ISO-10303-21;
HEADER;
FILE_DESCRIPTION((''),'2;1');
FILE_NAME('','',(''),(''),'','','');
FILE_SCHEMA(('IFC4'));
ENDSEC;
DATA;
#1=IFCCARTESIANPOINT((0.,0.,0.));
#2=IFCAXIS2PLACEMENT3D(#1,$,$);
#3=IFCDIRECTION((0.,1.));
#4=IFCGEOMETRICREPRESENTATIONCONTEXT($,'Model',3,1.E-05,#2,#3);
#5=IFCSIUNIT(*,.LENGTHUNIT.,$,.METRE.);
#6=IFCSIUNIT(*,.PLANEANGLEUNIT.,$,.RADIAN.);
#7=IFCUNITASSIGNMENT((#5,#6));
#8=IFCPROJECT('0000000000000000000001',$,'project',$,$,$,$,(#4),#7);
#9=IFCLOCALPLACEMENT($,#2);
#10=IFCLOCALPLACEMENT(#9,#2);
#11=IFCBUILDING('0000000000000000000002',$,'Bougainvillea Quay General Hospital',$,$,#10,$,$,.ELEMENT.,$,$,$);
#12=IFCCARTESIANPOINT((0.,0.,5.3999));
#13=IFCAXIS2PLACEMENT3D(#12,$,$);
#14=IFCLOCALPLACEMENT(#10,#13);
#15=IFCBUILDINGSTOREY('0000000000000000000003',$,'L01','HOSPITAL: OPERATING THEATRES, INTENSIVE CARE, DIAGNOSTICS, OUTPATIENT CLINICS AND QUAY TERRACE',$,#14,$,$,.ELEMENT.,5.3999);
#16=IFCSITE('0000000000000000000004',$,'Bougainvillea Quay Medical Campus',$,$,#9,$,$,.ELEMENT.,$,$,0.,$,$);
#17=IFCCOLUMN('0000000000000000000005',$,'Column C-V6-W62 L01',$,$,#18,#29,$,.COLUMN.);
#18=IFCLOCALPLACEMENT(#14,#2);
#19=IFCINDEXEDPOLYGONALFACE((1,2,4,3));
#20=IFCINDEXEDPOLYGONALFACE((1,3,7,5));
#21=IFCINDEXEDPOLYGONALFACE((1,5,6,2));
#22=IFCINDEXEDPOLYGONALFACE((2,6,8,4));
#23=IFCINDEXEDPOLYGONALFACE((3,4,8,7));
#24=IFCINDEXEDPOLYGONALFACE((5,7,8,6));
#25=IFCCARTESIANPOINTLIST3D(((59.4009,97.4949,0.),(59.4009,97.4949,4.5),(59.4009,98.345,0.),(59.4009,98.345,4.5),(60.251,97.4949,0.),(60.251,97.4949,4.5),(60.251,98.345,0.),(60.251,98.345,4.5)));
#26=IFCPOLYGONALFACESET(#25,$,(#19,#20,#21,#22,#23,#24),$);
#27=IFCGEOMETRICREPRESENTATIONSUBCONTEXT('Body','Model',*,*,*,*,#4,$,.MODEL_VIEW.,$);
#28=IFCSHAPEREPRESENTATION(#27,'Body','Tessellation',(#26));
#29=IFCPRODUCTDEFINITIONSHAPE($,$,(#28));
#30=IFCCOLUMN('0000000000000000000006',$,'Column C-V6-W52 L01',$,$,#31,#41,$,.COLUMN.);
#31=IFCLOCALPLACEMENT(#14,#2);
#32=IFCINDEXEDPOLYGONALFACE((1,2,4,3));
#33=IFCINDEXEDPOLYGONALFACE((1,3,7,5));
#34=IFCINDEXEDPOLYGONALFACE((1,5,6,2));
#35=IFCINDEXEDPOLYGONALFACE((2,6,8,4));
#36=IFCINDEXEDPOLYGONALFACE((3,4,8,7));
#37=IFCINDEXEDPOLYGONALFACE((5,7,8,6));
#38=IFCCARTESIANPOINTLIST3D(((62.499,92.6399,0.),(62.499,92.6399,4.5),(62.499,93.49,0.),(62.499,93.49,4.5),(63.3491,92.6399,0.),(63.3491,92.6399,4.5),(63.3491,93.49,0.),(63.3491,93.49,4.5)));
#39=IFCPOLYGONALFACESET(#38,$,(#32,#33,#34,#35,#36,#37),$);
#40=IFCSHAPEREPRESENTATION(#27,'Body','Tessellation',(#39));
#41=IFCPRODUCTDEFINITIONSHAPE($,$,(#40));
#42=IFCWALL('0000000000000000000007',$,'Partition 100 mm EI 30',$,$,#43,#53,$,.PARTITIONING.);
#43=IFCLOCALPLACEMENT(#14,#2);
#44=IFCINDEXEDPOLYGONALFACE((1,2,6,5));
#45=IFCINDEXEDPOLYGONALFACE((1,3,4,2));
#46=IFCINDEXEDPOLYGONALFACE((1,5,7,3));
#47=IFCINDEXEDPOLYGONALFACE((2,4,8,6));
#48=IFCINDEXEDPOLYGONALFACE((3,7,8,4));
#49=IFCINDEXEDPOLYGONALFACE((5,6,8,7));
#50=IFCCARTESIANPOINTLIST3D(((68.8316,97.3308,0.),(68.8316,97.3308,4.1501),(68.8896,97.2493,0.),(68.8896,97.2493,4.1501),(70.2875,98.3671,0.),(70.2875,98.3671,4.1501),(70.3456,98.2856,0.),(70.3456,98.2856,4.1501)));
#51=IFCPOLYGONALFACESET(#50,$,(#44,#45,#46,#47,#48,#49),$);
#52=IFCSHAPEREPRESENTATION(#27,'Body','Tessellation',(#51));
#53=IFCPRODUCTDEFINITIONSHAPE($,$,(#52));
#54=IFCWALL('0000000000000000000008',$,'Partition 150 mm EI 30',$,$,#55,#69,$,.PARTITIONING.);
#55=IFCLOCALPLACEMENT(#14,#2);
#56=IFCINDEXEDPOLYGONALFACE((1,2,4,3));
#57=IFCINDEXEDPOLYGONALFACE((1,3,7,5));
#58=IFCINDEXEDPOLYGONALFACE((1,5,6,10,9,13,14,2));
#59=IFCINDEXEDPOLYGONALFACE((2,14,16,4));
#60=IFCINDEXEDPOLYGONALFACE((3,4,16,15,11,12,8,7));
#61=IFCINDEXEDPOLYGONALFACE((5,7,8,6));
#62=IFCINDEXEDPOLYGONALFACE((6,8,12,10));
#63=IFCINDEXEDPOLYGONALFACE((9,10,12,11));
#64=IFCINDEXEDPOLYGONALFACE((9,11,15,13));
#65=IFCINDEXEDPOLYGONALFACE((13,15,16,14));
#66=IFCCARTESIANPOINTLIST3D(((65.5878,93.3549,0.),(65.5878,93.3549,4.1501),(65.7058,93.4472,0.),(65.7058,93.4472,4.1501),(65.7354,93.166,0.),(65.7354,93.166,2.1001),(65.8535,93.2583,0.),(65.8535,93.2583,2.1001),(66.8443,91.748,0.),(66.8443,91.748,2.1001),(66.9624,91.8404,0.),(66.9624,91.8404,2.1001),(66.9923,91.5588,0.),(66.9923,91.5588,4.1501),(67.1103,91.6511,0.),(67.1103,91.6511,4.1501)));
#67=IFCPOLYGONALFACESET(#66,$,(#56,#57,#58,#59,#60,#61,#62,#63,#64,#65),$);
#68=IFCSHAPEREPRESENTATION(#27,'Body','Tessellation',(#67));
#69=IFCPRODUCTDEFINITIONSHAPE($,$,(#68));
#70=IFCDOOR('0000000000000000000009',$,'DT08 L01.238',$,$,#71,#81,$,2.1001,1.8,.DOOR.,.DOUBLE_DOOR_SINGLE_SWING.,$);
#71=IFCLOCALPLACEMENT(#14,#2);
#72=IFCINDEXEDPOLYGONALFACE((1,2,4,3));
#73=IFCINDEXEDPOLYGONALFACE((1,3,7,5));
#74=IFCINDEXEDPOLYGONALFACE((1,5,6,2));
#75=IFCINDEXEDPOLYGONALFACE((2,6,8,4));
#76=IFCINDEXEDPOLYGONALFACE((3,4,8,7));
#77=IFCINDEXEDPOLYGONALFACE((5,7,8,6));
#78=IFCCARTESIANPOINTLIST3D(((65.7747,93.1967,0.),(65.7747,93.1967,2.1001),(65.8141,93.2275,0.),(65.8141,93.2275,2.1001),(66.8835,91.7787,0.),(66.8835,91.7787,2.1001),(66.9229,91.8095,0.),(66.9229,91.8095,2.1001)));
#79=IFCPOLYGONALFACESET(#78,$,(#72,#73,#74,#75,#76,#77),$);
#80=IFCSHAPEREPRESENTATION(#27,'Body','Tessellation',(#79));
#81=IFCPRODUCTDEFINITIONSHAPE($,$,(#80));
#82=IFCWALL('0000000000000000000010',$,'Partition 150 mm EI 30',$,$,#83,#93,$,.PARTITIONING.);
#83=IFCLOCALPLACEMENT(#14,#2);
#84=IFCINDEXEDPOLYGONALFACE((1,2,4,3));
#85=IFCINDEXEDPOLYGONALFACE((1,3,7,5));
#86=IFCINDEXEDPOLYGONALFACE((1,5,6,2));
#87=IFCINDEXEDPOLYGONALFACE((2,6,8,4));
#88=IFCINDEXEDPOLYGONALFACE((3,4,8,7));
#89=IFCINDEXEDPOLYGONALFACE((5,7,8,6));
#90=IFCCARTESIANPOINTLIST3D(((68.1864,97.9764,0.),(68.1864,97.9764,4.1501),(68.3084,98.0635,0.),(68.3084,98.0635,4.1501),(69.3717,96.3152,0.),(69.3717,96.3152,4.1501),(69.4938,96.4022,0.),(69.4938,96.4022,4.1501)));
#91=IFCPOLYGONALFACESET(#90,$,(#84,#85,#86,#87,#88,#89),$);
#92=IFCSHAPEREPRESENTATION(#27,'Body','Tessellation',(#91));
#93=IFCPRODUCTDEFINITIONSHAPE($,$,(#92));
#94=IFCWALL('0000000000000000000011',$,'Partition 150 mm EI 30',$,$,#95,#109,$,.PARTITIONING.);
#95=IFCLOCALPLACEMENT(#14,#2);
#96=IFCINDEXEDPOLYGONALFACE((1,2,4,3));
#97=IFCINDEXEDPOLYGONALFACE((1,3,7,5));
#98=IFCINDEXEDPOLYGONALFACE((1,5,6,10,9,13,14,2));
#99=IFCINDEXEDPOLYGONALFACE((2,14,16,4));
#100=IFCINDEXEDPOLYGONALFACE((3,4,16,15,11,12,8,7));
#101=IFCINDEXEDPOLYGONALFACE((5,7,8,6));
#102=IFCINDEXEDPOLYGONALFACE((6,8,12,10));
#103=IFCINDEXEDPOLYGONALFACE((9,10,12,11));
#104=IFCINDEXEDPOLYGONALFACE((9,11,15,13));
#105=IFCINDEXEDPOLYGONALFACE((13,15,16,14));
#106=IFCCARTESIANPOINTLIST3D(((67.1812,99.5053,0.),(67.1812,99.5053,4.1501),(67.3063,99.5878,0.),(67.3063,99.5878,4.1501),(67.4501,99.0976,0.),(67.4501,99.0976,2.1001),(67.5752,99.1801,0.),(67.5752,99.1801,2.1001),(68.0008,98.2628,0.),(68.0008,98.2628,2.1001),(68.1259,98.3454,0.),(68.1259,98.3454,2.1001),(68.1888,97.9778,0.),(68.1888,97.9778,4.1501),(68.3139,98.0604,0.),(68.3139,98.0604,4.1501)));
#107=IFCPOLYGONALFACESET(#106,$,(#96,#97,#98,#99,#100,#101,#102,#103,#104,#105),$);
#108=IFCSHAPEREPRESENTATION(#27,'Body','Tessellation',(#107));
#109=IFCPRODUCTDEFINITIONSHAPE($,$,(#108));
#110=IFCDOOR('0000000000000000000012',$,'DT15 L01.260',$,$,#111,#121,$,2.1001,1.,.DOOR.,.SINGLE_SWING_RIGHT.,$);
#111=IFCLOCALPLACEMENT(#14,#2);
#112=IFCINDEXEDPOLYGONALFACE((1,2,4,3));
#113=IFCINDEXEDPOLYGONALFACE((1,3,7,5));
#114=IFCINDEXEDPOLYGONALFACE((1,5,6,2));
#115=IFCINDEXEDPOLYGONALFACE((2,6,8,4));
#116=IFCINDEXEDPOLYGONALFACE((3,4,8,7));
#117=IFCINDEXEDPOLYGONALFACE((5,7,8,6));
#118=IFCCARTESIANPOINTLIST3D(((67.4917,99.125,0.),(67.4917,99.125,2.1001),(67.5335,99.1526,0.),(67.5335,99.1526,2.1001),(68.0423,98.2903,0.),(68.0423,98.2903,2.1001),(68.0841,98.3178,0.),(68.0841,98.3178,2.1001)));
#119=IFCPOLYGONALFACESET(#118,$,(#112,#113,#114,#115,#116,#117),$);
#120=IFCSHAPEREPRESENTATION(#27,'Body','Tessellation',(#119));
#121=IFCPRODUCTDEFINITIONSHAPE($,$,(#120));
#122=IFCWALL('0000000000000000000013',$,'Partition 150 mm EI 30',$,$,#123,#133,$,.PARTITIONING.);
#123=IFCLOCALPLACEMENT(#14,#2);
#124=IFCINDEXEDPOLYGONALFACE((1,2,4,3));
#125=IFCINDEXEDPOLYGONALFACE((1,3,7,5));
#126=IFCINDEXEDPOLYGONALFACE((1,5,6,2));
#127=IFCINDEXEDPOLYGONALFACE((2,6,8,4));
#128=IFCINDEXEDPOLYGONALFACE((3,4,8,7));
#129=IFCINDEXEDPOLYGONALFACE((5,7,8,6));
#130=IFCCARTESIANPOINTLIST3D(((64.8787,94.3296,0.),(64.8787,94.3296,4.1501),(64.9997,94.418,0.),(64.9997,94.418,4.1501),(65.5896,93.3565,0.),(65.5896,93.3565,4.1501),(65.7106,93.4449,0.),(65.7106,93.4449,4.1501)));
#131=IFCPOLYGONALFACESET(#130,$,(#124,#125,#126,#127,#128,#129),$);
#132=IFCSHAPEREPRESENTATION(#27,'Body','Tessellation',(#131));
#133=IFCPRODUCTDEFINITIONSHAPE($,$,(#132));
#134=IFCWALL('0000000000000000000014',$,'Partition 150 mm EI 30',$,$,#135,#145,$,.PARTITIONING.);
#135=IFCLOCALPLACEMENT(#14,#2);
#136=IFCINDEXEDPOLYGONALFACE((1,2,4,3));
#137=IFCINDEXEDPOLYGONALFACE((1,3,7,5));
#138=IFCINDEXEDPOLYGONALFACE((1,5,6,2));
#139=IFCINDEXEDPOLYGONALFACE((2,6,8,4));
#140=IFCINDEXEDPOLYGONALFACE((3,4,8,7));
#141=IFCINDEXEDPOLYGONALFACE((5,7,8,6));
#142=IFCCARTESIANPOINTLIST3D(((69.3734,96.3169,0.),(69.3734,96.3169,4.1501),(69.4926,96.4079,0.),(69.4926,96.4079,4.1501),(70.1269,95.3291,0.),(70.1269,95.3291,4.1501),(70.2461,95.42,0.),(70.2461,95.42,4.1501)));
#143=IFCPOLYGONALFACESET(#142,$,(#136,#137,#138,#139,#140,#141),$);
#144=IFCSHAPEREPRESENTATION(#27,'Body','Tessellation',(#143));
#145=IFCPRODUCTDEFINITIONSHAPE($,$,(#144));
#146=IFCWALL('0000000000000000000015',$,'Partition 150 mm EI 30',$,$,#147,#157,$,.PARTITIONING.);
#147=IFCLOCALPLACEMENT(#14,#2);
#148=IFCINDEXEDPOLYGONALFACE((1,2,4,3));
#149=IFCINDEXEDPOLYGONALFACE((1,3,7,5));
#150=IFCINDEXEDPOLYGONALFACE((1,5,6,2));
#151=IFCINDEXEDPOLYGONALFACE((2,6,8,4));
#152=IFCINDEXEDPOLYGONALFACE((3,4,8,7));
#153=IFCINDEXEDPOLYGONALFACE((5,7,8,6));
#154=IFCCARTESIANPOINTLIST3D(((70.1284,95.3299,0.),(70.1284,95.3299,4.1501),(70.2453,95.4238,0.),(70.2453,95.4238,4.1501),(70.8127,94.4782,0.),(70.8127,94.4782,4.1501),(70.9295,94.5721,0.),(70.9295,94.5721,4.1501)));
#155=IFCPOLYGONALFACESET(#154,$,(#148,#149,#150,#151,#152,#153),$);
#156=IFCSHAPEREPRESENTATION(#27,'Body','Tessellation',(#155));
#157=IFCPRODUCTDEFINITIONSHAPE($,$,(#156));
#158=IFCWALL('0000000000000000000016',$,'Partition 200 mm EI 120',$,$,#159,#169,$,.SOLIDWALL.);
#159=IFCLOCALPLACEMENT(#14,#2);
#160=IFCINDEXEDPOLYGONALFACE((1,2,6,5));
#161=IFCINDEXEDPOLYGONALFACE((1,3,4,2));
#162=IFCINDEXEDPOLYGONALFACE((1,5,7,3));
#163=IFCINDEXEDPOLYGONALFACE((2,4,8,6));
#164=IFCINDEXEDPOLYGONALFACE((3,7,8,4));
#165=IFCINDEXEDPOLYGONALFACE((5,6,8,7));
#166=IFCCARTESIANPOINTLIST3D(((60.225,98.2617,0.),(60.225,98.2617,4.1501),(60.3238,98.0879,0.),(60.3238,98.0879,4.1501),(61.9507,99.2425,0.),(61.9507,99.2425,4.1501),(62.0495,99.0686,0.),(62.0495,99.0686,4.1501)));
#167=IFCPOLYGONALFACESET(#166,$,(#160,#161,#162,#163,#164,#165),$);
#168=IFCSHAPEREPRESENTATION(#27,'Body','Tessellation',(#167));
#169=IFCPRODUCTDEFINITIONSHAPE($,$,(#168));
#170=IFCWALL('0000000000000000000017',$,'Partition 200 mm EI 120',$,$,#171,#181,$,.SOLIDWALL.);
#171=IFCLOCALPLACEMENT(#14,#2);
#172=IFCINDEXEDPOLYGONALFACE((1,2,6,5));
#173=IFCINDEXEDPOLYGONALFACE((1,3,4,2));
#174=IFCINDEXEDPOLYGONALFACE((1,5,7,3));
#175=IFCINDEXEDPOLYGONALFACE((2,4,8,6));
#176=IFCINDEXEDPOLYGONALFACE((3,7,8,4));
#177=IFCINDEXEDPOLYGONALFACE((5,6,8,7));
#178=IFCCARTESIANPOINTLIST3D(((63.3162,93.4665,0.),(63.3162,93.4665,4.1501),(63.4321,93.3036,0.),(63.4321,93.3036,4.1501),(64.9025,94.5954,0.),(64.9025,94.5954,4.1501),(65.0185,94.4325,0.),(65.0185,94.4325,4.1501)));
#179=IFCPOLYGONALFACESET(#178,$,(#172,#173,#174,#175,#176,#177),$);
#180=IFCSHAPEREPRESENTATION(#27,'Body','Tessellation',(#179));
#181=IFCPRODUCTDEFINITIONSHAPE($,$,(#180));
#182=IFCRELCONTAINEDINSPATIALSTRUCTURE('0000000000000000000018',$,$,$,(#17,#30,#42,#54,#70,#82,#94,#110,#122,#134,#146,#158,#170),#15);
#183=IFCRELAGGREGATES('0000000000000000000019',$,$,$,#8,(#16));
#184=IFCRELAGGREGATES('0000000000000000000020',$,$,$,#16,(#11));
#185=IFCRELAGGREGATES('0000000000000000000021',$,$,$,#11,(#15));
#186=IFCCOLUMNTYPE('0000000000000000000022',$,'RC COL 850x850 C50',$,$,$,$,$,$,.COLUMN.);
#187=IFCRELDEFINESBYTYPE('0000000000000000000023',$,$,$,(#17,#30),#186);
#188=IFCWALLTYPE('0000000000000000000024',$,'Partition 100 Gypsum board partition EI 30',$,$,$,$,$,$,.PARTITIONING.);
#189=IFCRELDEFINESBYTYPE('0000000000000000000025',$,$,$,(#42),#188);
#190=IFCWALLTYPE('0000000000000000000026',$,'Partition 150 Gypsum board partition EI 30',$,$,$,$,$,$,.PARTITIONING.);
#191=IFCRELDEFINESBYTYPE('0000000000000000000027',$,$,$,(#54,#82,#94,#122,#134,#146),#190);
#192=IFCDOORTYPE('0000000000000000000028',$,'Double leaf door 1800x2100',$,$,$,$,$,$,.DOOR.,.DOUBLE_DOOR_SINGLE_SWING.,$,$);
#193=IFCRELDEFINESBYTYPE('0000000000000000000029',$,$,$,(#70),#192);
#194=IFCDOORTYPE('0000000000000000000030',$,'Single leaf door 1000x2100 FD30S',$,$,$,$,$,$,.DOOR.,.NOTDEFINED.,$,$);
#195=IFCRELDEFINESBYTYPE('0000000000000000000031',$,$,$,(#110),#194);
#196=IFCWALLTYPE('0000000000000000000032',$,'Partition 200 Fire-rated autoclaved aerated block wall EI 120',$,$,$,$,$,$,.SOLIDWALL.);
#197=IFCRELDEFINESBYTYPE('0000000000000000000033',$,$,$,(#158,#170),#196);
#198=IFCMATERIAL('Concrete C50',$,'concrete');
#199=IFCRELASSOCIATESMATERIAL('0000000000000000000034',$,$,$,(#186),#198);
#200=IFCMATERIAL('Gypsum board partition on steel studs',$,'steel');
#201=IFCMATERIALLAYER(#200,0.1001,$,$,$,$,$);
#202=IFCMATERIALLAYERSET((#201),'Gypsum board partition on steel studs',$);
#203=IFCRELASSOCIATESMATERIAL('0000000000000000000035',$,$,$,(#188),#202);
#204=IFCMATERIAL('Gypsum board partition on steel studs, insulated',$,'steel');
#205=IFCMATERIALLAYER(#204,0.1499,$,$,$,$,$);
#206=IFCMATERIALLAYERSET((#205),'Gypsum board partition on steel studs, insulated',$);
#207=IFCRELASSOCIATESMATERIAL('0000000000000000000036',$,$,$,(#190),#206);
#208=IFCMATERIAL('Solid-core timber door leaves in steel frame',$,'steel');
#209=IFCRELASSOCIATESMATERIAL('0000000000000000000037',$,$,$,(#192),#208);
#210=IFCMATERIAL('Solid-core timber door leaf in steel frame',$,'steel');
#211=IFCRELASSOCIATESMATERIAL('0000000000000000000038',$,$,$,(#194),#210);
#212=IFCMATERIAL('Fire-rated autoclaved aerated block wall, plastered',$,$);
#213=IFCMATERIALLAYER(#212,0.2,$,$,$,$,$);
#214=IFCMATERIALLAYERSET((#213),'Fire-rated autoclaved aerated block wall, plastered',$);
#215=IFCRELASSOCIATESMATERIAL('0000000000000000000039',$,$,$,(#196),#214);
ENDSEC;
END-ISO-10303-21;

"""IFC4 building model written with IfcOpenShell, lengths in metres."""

from ifc_helpers import new_model, si_unit, direction, frame, frame_2d, origin, origin_2d, place, context, subcontext, project, spatial, rectangle, extrude, material, layer, layer_set, material_profile, profile_set, type_object, element, fill, save


model = new_model("IFC4")

# Units and contexts
model_context = context("Model", 3, precision=1e-05, world=origin(), true_north=direction((0.0, 1.0)))
body_context = subcontext(model_context, "Body", "Model", "MODEL_VIEW")
ifc_project = project(units=[si_unit("LENGTHUNIT", "METRE"), si_unit("PLANEANGLEUNIT", "RADIAN")], contexts=[model_context])

# Site, building, storey
site_placement = place(None, origin())
site = spatial("IfcSite", under=ifc_project, at=site_placement, Name="Bougainvillea Quay Medical Campus", CompositionType="ELEMENT", RefElevation=0.0)
building_placement = place(site_placement, origin())
building = spatial("IfcBuilding", under=site, at=building_placement, Name="Bougainvillea Quay General Hospital", CompositionType="ELEMENT")
storey_placement = place(building_placement, frame((0.0, 0.0, 5.3999)))
storey = spatial("IfcBuildingStorey", under=building, at=storey_placement, Name="L01", Description="HOSPITAL: OPERATING THEATRES, INTENSIVE CARE, DIAGNOSTICS, OUTPATIENT CLINICS AND QUAY TERRACE", CompositionType="ELEMENT", Elevation=5.3999)

# Columns
ifc_material_1 = material(Name="Concrete C50", Category="concrete")
ifc_material_profile = material_profile(ifc_material_1, rectangle(XDim=0.8501, YDim=0.8501, at=origin_2d()))
ifc_profile_set = profile_set([ifc_material_profile], Name="Concrete C50")
column_type = type_object("IfcColumnType", Name="RC COL 850x850 C50", PredefinedType="COLUMN", material=ifc_profile_set)
for number, where, z_axis, x_axis, name in (
    (1, (59.8259, 97.9199, 0.0), (0.0, 0.0, 1.0), (1.0, 0.0, 0.0), "Column C-V6-W62 L01"),
    (2, (62.9241, 93.0649, 0.0), (0.0, 0.0, 1.0), (1.0, 0.0, 0.0), "Column C-V6-W52 L01"),
):
    element("IfcColumn", number, at=place(storey_placement, frame(where, z_axis=z_axis, x_axis=x_axis)), inside=storey, type_object=column_type, Name=name, PredefinedType="COLUMN", context=body_context, shape_type="SweptSolid", body=[
        extrude(rectangle(XDim=0.8501, YDim=0.8501, at=origin_2d()), origin(), (0.0, 0.0, 1.0), 4.5),
    ])

# Wall
ifc_material_2 = material(Name="Gypsum board partition on steel studs", Category="steel")
ifc_layer_1 = layer(ifc_material_2, 0.1001)
ifc_layer_set_1 = layer_set([ifc_layer_1], Name="Gypsum board partition on steel studs")
wall_type_1 = type_object("IfcWallType", Name="Partition 100 Gypsum board partition EI 30", PredefinedType="PARTITIONING", material=ifc_layer_set_1)
wall_1_placement = place(storey_placement, frame((68.8606, 97.29, 0.0), z_axis=(0.0, 0.0, 1.0), x_axis=(0.814701, 0.579881, 0.0)))
element("IfcWall", 3, at=wall_1_placement, inside=storey, type_object=wall_type_1, Name="Partition 100 mm EI 30", PredefinedType="PARTITIONING", context=body_context, shape_type="SweptSolid", body=[
    extrude(rectangle(XDim=1.7871, YDim=0.1001, at=frame_2d((0.8936, 0.0))), origin(), (0.0, 0.0, 1.0), 4.1501),
])

# Wall, opening, door
ifc_material_3 = material(Name="Gypsum board partition on steel studs, insulated", Category="steel")
ifc_layer_2 = layer(ifc_material_3, 0.1499)
ifc_layer_set_2 = layer_set([ifc_layer_2], Name="Gypsum board partition on steel studs, insulated")
wall_type_2 = type_object("IfcWallType", Name="Partition 150 Gypsum board partition EI 30", PredefinedType="PARTITIONING", material=ifc_layer_set_2)
wall_2_placement = place(storey_placement, frame((65.6467, 93.4011, 0.0), z_axis=(0.0, 0.0, 1.0), x_axis=(0.615999, -0.787747, 0.0)))
wall_2 = element("IfcWall", 4, at=wall_2_placement, inside=storey, type_object=wall_type_2, Name="Partition 150 mm EI 30", PredefinedType="PARTITIONING", context=body_context, shape_type="SweptSolid", body=[
    extrude(rectangle(XDim=2.28, YDim=0.1499, at=frame_2d((1.1401, 0.0))), origin(), (0.0, 0.0, 1.0), 4.1501),
])
opening_1_placement = place(wall_2_placement, frame((0.24, 0.0, 0.0)))
opening_1 = element("IfcOpeningElement", 5, at=opening_1_placement, cuts=wall_2, PredefinedType="OPENING", context=body_context, shape_type="SweptSolid", body=[
    extrude(rectangle(XDim=1.8, YDim=2.1001, at=frame_2d((0.8999, 1.05))), frame((0.0, 0.085, 0.0), z_axis=(0.0, -1.0, 0.0), x_axis=(1.0, 0.0, 0.0)), (0.0, 0.0, 1.0), 0.1699),
])
ifc_material_4 = material(Name="Solid-core timber door leaves in steel frame", Category="steel")
door_type_1 = type_object("IfcDoorType", Name="Double leaf door 1800x2100", OperationType="DOUBLE_DOOR_SINGLE_SWING", PredefinedType="DOOR", material=ifc_material_4)
door_1_placement = place(opening_1_placement, origin())
door_1 = element("IfcDoor", 6, at=door_1_placement, inside=storey, type_object=door_type_1, Name="DT08 L01.238", OperationType="DOUBLE_DOOR_SINGLE_SWING", OverallHeight=2.1001, OverallWidth=1.8, PredefinedType="DOOR", context=body_context, shape_type="SweptSolid", body=[
    extrude(rectangle(XDim=1.8, YDim=2.1001, at=frame_2d((0.8999, 1.05))), frame((0.0, 0.0249, 0.0), z_axis=(0.0, -1.0, 0.0), x_axis=(1.0, 0.0, 0.0)), (0.0, 0.0, 1.0), 0.05),
])
fill(opening_1, door_1)

# Wall
wall_3_placement = place(storey_placement, frame((68.2473, 98.02, 0.0), z_axis=(0.0, 0.0, 1.0), x_axis=(0.580842, -0.814016, 0.0)))
element("IfcWall", 7, at=wall_3_placement, inside=storey, type_object=wall_type_2, Name="Partition 150 mm EI 30", PredefinedType="PARTITIONING", context=body_context, shape_type="SweptSolid", body=[
    extrude(rectangle(XDim=2.0408, YDim=0.1499, at=frame_2d((1.0205, 0.0))), origin(), (0.0, 0.0, 1.0), 4.1501),
])

# Wall, opening, door
wall_4_placement = place(storey_placement, frame((67.2437, 99.5466, 0.0), z_axis=(0.0, 0.0, 1.0), x_axis=(0.55066, -0.83473, 0.0)))
wall_4 = element("IfcWall", 8, at=wall_4_placement, inside=storey, type_object=wall_type_2, Name="Partition 150 mm EI 30", PredefinedType="PARTITIONING", context=body_context, shape_type="SweptSolid", body=[
    extrude(rectangle(XDim=1.8298, YDim=0.1499, at=frame_2d((0.915, 0.0))), origin(), (0.0, 0.0, 1.0), 4.1501),
])
opening_2_placement = place(wall_4_placement, frame((0.4885, 0.0, 0.0)))
opening_2 = element("IfcOpeningElement", 9, at=opening_2_placement, cuts=wall_4, PredefinedType="OPENING", context=body_context, shape_type="SweptSolid", body=[
    extrude(rectangle(XDim=1.0, YDim=2.1001, at=frame_2d((0.5, 1.05))), frame((0.0, 0.085, 0.0), z_axis=(0.0, -1.0, 0.0), x_axis=(1.0, 0.0, 0.0)), (0.0, 0.0, 1.0), 0.1699),
])
ifc_material_5 = material(Name="Solid-core timber door leaf in steel frame", Category="steel")
door_type_2 = type_object("IfcDoorType", Name="Single leaf door 1000x2100 FD30S", OperationType="NOTDEFINED", PredefinedType="DOOR", material=ifc_material_5)
door_2_placement = place(opening_2_placement, origin())
door_2 = element("IfcDoor", 10, at=door_2_placement, inside=storey, type_object=door_type_2, Name="DT15 L01.260", OperationType="SINGLE_SWING_RIGHT", OverallHeight=2.1001, OverallWidth=1.0, PredefinedType="DOOR", context=body_context, shape_type="SweptSolid", body=[
    extrude(rectangle(XDim=1.0, YDim=2.1001, at=frame_2d((0.5, 1.05))), frame((0.0, 0.0249, 0.0), z_axis=(0.0, -1.0, 0.0), x_axis=(1.0, 0.0, 0.0)), (0.0, 0.0, 1.0), 0.05),
])
fill(opening_2, door_2)

# Walls
wall_5_placement = place(storey_placement, frame((64.9392, 94.3738, 0.0), z_axis=(0.0, 0.0, 1.0), x_axis=(0.589905, -0.807473, 0.0)))
element("IfcWall", 11, at=wall_5_placement, inside=storey, type_object=wall_type_2, Name="Partition 150 mm EI 30", PredefinedType="PARTITIONING", context=body_context, shape_type="SweptSolid", body=[
    extrude(rectangle(XDim=1.2051, YDim=0.1499, at=frame_2d((0.6025, 0.0))), origin(), (0.0, 0.0, 1.0), 4.1501),
])
wall_6_placement = place(storey_placement, frame((69.4331, 96.3623, 0.0), z_axis=(0.0, 0.0, 1.0), x_axis=(0.606458, -0.795116, 0.0)))
element("IfcWall", 12, at=wall_6_placement, inside=storey, type_object=wall_type_2, Name="Partition 150 mm EI 30", PredefinedType="PARTITIONING", context=body_context, shape_type="SweptSolid", body=[
    extrude(rectangle(XDim=1.2424, YDim=0.1499, at=frame_2d((0.6211, 0.0))), origin(), (0.0, 0.0, 1.0), 4.1501),
])
wall_7_placement = place(storey_placement, frame((70.1868, 95.377, 0.0), z_axis=(0.0, 0.0, 1.0), x_axis=(0.626301, -0.779581, 0.0)))
element("IfcWall", 13, at=wall_7_placement, inside=storey, type_object=wall_type_2, Name="Partition 150 mm EI 30", PredefinedType="PARTITIONING", context=body_context, shape_type="SweptSolid", body=[
    extrude(rectangle(XDim=1.0925, YDim=0.1499, at=frame_2d((0.5464, 0.0))), origin(), (0.0, 0.0, 1.0), 4.1501),
])
ifc_material_6 = material(Name="Fire-rated autoclaved aerated block wall, plastered")
ifc_layer_3 = layer(ifc_material_6, 0.2)
ifc_layer_set_3 = layer_set([ifc_layer_3], Name="Fire-rated autoclaved aerated block wall, plastered")
wall_type_3 = type_object("IfcWallType", Name="Partition 200 Fire-rated autoclaved aerated block wall EI 120", PredefinedType="SOLIDWALL", material=ifc_layer_set_3)
wall_8_placement = place(storey_placement, frame((60.2744, 98.1748, 0.0), z_axis=(0.0, 0.0, 1.0), x_axis=(0.869399, 0.494111, 0.0)))
element("IfcWall", 14, at=wall_8_placement, inside=storey, type_object=wall_type_3, Name="Partition 200 mm EI 120", PredefinedType="SOLIDWALL", context=body_context, shape_type="SweptSolid", body=[
    extrude(rectangle(XDim=1.9849, YDim=0.2, at=frame_2d((0.9924, 0.0))), origin(), (0.0, 0.0, 1.0), 4.1501),
])
wall_9_placement = place(storey_placement, frame((63.374, 93.385, 0.0), z_axis=(0.0, 0.0, 1.0), x_axis=(0.814766, 0.57979, 0.0)))
element("IfcWall", 15, at=wall_9_placement, inside=storey, type_object=wall_type_3, Name="Partition 200 mm EI 120", PredefinedType="SOLIDWALL", context=body_context, shape_type="SweptSolid", body=[
    extrude(rectangle(XDim=1.947, YDim=0.2, at=frame_2d((0.9736, 0.0))), origin(), (0.0, 0.0, 1.0), 4.1501),
])

save(model, "model.ifc")
